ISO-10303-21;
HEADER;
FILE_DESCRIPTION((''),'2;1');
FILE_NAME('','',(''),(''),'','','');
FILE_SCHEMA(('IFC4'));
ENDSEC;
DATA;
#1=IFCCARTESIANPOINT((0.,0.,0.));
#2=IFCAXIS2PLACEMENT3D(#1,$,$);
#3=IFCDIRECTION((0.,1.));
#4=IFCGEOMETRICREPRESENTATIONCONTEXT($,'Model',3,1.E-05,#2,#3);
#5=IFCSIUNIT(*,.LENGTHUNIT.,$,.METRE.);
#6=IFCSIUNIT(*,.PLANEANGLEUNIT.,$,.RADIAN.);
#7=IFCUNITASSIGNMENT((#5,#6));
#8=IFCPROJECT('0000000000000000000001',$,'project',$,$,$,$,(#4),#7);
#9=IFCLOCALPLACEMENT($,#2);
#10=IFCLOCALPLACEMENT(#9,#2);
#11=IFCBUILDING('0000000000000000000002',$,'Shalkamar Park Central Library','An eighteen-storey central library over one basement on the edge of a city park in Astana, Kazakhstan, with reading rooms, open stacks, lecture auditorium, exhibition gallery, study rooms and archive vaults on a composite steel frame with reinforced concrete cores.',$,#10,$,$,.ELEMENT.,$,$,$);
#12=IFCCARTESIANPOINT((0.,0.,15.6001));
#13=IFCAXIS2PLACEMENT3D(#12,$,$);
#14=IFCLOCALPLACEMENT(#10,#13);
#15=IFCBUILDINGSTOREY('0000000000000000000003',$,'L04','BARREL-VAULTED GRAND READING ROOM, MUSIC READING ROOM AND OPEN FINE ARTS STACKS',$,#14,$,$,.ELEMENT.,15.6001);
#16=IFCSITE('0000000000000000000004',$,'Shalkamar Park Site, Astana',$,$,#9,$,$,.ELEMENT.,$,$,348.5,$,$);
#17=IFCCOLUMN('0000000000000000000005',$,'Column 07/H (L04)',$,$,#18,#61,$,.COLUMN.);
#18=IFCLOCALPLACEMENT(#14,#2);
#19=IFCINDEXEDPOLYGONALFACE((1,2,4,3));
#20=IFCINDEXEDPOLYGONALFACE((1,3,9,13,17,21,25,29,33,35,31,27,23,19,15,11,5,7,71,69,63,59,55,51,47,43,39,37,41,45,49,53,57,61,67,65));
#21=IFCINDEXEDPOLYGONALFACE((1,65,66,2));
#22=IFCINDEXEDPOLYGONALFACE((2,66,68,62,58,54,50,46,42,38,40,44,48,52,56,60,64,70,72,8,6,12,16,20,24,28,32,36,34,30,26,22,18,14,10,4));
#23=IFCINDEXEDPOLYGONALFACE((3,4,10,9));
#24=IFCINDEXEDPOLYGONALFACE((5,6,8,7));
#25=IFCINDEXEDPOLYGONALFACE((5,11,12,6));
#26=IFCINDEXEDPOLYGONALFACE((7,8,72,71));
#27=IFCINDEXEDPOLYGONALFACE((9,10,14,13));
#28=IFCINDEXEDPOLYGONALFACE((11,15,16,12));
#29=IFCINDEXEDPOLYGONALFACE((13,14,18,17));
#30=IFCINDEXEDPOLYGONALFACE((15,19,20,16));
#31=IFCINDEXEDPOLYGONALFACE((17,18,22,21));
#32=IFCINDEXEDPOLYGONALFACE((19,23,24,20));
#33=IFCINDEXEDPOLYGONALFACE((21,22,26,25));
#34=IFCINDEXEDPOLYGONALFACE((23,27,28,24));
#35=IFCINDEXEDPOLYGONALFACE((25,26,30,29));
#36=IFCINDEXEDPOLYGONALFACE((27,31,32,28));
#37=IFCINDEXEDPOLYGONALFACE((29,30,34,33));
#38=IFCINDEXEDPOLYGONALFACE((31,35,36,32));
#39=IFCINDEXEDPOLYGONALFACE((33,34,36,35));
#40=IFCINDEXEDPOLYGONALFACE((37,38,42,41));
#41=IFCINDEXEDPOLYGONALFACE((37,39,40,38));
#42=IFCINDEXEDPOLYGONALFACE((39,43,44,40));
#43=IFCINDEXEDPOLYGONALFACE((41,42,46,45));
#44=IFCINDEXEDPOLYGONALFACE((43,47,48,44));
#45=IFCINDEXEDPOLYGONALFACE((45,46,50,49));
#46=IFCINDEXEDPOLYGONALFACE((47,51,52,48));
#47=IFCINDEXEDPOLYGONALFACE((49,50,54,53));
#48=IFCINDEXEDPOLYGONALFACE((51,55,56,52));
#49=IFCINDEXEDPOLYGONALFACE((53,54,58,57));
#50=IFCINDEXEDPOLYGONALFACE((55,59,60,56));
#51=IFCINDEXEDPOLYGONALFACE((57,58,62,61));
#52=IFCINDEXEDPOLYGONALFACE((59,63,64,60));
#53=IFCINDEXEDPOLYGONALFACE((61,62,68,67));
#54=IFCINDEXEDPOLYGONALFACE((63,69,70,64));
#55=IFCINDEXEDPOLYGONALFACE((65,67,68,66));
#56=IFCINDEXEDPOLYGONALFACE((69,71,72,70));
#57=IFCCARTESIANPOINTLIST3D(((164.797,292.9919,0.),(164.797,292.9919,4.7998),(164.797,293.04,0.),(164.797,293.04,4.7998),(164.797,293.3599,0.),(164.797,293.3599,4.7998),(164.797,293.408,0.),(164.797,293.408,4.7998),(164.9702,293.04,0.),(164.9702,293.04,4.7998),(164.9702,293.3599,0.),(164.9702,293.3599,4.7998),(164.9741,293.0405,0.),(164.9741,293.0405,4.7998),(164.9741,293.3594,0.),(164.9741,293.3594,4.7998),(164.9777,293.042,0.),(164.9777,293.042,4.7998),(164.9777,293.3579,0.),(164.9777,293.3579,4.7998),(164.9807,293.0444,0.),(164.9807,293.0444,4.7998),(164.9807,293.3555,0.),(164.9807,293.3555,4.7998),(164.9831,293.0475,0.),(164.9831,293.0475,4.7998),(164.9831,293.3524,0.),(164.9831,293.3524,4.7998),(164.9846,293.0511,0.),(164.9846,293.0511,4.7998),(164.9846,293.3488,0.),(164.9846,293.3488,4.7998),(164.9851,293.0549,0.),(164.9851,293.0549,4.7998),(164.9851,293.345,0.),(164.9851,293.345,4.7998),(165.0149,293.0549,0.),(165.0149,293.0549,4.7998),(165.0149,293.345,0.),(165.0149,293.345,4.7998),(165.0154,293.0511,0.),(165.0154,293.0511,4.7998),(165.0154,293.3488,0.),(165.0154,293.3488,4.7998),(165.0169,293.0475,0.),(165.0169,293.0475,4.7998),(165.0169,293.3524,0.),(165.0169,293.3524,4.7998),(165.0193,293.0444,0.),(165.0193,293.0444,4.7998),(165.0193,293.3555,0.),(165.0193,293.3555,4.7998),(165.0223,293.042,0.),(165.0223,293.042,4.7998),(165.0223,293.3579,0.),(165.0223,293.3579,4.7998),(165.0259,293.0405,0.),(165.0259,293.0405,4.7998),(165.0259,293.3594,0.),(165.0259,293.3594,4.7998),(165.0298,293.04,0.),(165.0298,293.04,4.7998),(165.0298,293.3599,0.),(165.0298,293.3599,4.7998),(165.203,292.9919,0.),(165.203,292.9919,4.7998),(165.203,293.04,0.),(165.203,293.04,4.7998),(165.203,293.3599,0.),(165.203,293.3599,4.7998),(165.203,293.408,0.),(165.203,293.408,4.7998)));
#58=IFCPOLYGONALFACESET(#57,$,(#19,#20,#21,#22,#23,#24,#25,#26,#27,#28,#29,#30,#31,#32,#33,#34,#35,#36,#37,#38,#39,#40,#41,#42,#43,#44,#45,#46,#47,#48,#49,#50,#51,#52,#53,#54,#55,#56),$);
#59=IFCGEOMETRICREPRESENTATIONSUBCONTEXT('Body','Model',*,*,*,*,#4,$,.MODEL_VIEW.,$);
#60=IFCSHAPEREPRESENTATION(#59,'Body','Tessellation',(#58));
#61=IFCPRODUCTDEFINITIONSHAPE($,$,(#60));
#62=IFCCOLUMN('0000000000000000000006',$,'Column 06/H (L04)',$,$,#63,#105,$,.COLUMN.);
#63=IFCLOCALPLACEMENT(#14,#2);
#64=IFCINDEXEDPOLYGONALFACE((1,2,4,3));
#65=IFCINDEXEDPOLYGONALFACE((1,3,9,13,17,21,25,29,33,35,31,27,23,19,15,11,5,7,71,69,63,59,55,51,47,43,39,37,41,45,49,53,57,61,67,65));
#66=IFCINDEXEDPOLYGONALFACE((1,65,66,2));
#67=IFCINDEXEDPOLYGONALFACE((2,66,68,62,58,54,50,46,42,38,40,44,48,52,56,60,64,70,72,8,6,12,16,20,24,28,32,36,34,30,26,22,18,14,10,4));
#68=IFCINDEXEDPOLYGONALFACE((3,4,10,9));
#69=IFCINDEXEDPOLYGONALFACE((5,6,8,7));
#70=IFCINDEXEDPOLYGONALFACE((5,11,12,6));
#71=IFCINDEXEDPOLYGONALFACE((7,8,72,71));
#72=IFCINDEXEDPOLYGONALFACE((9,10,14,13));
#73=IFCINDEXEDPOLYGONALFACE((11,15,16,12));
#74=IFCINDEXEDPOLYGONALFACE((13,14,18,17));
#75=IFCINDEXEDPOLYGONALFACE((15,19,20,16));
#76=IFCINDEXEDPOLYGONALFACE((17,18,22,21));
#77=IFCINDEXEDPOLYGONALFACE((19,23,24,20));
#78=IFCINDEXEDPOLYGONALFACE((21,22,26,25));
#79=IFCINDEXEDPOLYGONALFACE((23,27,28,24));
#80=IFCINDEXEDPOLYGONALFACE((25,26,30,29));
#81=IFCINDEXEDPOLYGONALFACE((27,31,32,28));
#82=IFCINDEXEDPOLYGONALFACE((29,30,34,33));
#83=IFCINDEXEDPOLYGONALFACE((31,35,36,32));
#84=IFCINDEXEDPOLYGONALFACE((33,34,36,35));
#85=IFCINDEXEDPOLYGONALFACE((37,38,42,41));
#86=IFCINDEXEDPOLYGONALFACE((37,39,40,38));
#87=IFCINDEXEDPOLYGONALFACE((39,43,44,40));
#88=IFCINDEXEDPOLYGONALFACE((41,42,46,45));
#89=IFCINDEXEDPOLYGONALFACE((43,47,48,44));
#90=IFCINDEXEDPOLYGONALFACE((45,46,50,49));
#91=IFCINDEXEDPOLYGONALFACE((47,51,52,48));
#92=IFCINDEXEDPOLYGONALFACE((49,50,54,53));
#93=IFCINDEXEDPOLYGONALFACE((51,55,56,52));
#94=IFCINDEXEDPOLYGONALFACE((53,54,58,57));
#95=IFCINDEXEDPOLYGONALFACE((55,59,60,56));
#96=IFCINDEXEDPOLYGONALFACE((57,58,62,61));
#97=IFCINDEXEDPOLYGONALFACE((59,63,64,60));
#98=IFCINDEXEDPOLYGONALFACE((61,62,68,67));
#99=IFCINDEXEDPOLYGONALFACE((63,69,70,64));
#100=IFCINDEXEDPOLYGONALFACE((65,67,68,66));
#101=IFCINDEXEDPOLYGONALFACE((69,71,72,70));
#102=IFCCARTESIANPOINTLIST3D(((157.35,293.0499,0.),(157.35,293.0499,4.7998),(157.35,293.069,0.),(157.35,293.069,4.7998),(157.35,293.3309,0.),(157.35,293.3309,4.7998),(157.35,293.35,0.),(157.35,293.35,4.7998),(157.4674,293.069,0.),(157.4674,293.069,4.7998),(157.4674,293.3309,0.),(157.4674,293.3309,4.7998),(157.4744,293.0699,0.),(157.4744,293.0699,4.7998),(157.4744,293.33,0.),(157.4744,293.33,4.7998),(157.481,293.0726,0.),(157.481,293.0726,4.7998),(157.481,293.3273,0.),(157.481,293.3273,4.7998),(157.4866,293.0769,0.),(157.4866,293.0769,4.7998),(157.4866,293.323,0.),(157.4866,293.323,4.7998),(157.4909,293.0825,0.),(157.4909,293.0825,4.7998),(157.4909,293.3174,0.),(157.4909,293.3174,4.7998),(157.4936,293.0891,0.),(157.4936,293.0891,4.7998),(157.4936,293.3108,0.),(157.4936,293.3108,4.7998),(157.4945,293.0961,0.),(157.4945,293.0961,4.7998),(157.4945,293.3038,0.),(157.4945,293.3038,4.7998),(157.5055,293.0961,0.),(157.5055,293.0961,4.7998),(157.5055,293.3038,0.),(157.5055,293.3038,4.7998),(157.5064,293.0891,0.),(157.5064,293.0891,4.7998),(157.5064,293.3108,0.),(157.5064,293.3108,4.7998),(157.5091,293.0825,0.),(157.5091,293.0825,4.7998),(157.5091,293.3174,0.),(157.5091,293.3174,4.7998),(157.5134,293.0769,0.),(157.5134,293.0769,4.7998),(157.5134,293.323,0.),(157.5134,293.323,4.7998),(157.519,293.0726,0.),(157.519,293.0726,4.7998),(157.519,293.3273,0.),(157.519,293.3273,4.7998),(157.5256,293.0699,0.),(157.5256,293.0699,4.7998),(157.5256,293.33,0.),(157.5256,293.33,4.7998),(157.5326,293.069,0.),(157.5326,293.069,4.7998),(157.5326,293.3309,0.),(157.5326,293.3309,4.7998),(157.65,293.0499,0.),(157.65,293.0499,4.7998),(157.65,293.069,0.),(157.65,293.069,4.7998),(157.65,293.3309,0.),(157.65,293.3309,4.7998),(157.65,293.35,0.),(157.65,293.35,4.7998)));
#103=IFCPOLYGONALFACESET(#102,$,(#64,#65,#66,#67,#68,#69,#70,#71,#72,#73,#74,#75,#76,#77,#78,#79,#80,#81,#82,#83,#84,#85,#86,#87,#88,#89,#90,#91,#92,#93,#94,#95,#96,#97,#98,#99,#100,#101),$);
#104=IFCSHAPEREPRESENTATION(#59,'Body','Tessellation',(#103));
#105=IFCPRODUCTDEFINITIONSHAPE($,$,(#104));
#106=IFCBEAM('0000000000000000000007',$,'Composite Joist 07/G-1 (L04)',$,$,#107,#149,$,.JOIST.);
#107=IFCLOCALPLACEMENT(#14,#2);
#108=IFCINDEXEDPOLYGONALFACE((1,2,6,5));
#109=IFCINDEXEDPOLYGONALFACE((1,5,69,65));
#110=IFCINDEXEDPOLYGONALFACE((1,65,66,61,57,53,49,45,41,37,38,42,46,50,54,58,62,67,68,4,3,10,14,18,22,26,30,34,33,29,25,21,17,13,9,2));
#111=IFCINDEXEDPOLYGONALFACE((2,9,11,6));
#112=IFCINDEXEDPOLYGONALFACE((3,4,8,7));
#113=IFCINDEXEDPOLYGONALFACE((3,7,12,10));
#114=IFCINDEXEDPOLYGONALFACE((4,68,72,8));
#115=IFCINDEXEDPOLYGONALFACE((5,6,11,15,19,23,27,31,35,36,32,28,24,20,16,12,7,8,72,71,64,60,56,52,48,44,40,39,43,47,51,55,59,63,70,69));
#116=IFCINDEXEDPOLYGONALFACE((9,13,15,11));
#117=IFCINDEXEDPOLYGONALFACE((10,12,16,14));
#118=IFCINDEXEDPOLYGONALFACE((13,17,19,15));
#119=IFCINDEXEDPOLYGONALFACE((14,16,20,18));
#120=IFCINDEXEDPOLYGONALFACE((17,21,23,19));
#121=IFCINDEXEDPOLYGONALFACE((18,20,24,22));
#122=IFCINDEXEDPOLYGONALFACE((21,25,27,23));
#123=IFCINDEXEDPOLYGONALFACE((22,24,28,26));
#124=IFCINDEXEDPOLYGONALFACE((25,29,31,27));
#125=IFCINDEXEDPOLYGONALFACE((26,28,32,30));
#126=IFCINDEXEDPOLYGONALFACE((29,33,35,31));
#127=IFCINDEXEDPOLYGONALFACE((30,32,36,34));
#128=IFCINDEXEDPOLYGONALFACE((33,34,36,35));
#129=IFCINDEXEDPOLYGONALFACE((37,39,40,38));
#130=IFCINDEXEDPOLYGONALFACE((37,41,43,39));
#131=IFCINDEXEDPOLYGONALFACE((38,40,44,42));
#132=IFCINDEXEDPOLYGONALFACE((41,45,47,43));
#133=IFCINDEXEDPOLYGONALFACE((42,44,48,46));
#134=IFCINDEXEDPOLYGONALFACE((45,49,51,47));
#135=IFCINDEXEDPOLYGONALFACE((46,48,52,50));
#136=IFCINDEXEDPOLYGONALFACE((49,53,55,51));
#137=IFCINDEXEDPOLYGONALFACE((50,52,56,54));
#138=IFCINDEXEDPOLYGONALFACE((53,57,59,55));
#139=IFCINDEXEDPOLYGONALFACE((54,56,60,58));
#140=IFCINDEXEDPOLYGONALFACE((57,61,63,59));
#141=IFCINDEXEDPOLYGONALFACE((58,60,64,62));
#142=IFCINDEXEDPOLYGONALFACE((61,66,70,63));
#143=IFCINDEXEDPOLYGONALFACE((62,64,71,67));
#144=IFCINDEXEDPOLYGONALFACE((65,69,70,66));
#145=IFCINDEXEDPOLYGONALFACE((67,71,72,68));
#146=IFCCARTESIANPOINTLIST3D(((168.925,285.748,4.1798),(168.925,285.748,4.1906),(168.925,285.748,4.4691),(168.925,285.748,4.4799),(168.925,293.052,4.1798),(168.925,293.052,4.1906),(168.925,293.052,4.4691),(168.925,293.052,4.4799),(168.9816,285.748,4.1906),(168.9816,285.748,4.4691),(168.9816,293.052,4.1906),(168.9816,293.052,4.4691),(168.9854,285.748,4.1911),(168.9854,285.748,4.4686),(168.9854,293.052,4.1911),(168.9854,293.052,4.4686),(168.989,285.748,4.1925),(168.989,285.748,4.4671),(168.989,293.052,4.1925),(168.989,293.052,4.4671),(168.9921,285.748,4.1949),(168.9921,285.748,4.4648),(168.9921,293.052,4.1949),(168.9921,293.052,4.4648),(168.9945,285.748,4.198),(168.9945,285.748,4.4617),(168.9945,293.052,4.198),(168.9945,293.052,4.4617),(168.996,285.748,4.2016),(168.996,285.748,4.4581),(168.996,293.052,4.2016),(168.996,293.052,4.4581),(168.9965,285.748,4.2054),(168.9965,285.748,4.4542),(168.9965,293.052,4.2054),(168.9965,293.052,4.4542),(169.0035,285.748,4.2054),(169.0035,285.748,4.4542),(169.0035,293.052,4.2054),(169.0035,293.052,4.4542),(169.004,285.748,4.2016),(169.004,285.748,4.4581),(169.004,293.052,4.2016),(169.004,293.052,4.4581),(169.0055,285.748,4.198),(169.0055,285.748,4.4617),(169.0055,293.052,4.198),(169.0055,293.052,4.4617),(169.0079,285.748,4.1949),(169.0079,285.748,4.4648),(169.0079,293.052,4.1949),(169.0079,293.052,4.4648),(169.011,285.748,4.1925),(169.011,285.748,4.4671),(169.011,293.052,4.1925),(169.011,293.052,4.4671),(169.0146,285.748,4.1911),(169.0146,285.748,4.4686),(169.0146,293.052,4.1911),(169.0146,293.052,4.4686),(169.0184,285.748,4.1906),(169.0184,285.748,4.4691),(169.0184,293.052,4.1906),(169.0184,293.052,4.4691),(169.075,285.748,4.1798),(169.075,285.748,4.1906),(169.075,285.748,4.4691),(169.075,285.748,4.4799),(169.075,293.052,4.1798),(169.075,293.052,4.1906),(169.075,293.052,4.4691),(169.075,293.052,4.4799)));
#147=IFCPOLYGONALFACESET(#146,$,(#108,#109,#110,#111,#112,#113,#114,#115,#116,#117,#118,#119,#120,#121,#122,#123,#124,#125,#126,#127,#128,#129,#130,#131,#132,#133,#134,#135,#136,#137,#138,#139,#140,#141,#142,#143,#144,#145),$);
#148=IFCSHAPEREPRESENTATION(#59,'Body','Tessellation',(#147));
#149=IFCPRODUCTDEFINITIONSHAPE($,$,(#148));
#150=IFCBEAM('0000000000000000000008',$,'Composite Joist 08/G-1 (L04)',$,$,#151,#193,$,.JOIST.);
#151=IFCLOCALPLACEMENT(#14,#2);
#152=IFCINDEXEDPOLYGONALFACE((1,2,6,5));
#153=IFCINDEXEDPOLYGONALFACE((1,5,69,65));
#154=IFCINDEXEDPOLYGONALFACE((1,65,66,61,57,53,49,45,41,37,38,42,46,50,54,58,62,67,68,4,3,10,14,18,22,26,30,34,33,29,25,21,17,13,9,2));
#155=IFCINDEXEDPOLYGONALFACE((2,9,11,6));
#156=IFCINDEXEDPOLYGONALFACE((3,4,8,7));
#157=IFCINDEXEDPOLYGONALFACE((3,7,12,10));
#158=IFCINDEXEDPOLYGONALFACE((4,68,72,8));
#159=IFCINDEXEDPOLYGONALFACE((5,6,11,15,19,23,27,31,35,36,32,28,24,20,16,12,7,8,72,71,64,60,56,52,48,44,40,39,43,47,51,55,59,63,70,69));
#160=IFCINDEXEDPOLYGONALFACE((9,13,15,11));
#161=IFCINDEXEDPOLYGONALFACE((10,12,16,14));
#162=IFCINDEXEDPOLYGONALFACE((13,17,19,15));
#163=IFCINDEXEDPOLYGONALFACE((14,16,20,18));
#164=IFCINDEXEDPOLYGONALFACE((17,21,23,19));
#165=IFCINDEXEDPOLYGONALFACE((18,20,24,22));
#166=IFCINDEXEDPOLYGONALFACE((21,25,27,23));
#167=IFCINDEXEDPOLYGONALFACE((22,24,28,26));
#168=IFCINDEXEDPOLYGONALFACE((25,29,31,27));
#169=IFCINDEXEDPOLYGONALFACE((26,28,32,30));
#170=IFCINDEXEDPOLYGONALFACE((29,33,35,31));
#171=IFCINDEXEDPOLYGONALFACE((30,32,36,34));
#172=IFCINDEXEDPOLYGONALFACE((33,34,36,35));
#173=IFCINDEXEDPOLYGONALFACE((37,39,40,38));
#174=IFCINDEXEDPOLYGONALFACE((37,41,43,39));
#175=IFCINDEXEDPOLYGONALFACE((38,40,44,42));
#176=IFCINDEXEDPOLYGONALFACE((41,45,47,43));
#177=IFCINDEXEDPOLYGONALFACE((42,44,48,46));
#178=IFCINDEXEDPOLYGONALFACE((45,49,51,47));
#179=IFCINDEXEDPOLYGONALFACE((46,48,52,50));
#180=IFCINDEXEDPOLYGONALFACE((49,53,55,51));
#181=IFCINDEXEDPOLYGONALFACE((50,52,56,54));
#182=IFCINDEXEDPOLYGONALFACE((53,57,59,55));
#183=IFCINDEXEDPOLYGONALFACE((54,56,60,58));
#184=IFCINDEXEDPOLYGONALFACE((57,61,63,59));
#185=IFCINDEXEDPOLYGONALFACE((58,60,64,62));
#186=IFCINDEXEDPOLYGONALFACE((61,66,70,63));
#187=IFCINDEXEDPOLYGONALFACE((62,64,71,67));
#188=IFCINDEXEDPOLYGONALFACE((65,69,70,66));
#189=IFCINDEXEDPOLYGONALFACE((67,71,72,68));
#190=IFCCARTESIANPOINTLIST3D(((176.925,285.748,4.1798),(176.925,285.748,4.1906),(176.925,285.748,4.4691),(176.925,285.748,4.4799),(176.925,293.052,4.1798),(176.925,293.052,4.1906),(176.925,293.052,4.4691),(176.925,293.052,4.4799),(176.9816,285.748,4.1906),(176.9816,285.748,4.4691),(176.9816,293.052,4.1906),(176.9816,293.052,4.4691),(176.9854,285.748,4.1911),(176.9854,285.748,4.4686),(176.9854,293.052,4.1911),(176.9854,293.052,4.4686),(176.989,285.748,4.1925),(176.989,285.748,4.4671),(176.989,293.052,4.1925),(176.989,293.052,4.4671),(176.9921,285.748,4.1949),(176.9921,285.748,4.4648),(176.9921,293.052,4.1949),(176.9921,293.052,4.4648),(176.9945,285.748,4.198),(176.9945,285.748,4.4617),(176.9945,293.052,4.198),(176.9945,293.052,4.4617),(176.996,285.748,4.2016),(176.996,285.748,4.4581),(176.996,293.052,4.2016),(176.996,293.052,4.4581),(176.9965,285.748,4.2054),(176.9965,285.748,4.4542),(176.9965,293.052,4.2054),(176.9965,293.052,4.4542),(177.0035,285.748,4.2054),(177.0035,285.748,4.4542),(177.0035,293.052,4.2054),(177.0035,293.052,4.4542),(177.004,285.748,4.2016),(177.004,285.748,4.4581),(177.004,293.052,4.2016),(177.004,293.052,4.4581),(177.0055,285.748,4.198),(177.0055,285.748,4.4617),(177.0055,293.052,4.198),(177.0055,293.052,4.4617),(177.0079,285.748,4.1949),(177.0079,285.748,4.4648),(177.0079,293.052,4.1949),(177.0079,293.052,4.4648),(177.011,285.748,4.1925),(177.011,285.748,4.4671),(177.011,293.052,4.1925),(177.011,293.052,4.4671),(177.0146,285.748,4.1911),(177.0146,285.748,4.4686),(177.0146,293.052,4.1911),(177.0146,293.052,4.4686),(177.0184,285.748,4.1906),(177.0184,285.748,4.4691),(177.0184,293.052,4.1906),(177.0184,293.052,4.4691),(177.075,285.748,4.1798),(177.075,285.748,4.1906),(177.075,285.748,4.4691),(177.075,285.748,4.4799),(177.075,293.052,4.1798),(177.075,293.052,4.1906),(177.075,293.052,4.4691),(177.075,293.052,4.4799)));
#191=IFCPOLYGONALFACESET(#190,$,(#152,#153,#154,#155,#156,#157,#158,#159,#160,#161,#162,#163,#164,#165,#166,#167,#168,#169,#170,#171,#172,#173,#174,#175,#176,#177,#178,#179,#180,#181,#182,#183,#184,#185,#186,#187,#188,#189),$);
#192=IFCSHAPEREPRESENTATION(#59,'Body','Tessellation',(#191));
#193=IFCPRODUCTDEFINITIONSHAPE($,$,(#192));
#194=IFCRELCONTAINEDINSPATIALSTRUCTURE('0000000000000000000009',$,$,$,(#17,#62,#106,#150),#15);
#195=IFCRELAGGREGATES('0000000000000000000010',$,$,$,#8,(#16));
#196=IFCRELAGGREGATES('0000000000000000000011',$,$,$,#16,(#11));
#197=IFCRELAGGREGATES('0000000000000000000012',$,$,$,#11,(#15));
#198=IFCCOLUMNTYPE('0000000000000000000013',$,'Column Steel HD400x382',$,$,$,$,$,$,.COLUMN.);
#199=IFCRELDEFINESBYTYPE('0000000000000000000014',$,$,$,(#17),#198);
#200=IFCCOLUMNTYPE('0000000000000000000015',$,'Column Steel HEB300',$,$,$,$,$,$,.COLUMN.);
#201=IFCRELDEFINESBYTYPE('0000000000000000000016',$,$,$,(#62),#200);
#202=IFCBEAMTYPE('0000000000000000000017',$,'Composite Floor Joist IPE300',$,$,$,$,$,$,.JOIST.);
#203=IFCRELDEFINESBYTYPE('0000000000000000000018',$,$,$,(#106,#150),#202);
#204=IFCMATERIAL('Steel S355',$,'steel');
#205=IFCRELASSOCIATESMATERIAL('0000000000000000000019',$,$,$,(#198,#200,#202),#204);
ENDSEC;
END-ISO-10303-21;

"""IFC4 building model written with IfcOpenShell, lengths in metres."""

from ifc_helpers import new_model, si_unit, direction, frame, origin, origin_2d, place, context, subcontext, project, spatial, i_section, extrude, material, material_profile, profile_set, type_object, element, save


model = new_model("IFC4")

# Units and contexts
model_context = context("Model", 3, precision=1e-05, world=origin(), true_north=direction((0.0, 1.0)))
body_context = subcontext(model_context, "Body", "Model", "MODEL_VIEW")
ifc_project = project(units=[si_unit("LENGTHUNIT", "METRE"), si_unit("PLANEANGLEUNIT", "RADIAN")], contexts=[model_context])

# Site, building, storey
site_placement = place(None, origin())
site = spatial("IfcSite", under=ifc_project, at=site_placement, Name="Shalkamar Park Site, Astana", CompositionType="ELEMENT", RefElevation=348.5)
building_placement = place(site_placement, origin())
building = spatial("IfcBuilding", under=site, at=building_placement, Name="Shalkamar Park Central Library", Description="An eighteen-storey central library over one basement on the edge of a city park in Astana, Kazakhstan, with reading rooms, open stacks, lecture auditorium, exhibition gallery, study rooms and archive vaults on a composite steel frame with reinforced concrete cores.", CompositionType="ELEMENT")
storey_placement = place(building_placement, frame((0.0, 0.0, 15.6001)))
storey = spatial("IfcBuildingStorey", under=building, at=storey_placement, Name="L04", Description="BARREL-VAULTED GRAND READING ROOM, MUSIC READING ROOM AND OPEN FINE ARTS STACKS", CompositionType="ELEMENT", Elevation=15.6001)

# Columns
ifc_material_1 = material(Name="Steel S355", Category="steel")
ifc_material_profile_1 = material_profile(ifc_material_1, i_section(OverallWidth=0.406, OverallDepth=0.416, WebThickness=0.0298, FlangeThickness=0.0481, FilletRadius=0.0149, at=origin_2d()), Name="HD 400x382")
ifc_profile_set_1 = profile_set([ifc_material_profile_1], Name="Steel S355")
column_type_1 = type_object("IfcColumnType", Name="Column Steel HD400x382", PredefinedType="COLUMN", material=ifc_profile_set_1)
column_1_placement = place(storey_placement, frame((165.0, 293.2, 0.0), z_axis=(0.0, 0.0, 1.0), x_axis=(1.0, 0.0, 0.0)))
element("IfcColumn", 1, at=column_1_placement, inside=storey, type_object=column_type_1, Name="Column 07/H (L04)", PredefinedType="COLUMN", context=body_context, shape_type="SweptSolid", body=[
    extrude(i_section(OverallWidth=0.406, OverallDepth=0.416, WebThickness=0.0298, FlangeThickness=0.0481, FilletRadius=0.0149, at=origin_2d()), origin(), (0.0, 0.0, 1.0), 4.7998),
])
ifc_material_profile_2 = material_profile(ifc_material_1, i_section(OverallWidth=0.3, OverallDepth=0.3, WebThickness=0.011, FlangeThickness=0.019, FilletRadius=0.0271, at=origin_2d()), Name="HEB 300")
ifc_profile_set_2 = profile_set([ifc_material_profile_2], Name="Steel S355")
column_type_2 = type_object("IfcColumnType", Name="Column Steel HEB300", PredefinedType="COLUMN", material=ifc_profile_set_2)
column_2_placement = place(storey_placement, frame((157.5, 293.2, 0.0), z_axis=(0.0, 0.0, 1.0), x_axis=(1.0, 0.0, 0.0)))
element("IfcColumn", 2, at=column_2_placement, inside=storey, type_object=column_type_2, Name="Column 06/H (L04)", PredefinedType="COLUMN", context=body_context, shape_type="SweptSolid", body=[
    extrude(i_section(OverallWidth=0.3, OverallDepth=0.3, WebThickness=0.011, FlangeThickness=0.019, FilletRadius=0.0271, at=origin_2d()), origin(), (0.0, 0.0, 1.0), 4.7998),
])

# Beams
ifc_material_profile_3 = material_profile(ifc_material_1, i_section(OverallWidth=0.1499, OverallDepth=0.3, WebThickness=0.0071, FlangeThickness=0.0107, FilletRadius=0.0149, at=origin_2d()), Name="IPE 300")
ifc_profile_set_3 = profile_set([ifc_material_profile_3], Name="Steel S355")
beam_type_1 = type_object("IfcBeamType", Name="Composite Floor Joist IPE300", PredefinedType="JOIST", material=ifc_profile_set_3)
for number, where, z_axis, x_axis, name in (
    (3, (169.0, 285.748, 4.3298), (0.0, 1.0, 0.0), (-1.0, 0.0, 0.0), "Composite Joist 07/G-1 (L04)"),
    (4, (177.0, 285.748, 4.3298), (0.0, 1.0, 0.0), (-1.0, 0.0, 0.0), "Composite Joist 08/G-1 (L04)"),
):
    element("IfcBeam", number, at=place(storey_placement, frame(where, z_axis=z_axis, x_axis=x_axis)), inside=storey, type_object=beam_type_1, Name=name, PredefinedType="JOIST", context=body_context, shape_type="SweptSolid", body=[
        extrude(i_section(OverallWidth=0.1499, OverallDepth=0.3, WebThickness=0.0071, FlangeThickness=0.0107, FilletRadius=0.0149, at=origin_2d()), origin(), (0.0, 0.0, 1.0), 7.304),
    ])

save(model, "model.ifc")
